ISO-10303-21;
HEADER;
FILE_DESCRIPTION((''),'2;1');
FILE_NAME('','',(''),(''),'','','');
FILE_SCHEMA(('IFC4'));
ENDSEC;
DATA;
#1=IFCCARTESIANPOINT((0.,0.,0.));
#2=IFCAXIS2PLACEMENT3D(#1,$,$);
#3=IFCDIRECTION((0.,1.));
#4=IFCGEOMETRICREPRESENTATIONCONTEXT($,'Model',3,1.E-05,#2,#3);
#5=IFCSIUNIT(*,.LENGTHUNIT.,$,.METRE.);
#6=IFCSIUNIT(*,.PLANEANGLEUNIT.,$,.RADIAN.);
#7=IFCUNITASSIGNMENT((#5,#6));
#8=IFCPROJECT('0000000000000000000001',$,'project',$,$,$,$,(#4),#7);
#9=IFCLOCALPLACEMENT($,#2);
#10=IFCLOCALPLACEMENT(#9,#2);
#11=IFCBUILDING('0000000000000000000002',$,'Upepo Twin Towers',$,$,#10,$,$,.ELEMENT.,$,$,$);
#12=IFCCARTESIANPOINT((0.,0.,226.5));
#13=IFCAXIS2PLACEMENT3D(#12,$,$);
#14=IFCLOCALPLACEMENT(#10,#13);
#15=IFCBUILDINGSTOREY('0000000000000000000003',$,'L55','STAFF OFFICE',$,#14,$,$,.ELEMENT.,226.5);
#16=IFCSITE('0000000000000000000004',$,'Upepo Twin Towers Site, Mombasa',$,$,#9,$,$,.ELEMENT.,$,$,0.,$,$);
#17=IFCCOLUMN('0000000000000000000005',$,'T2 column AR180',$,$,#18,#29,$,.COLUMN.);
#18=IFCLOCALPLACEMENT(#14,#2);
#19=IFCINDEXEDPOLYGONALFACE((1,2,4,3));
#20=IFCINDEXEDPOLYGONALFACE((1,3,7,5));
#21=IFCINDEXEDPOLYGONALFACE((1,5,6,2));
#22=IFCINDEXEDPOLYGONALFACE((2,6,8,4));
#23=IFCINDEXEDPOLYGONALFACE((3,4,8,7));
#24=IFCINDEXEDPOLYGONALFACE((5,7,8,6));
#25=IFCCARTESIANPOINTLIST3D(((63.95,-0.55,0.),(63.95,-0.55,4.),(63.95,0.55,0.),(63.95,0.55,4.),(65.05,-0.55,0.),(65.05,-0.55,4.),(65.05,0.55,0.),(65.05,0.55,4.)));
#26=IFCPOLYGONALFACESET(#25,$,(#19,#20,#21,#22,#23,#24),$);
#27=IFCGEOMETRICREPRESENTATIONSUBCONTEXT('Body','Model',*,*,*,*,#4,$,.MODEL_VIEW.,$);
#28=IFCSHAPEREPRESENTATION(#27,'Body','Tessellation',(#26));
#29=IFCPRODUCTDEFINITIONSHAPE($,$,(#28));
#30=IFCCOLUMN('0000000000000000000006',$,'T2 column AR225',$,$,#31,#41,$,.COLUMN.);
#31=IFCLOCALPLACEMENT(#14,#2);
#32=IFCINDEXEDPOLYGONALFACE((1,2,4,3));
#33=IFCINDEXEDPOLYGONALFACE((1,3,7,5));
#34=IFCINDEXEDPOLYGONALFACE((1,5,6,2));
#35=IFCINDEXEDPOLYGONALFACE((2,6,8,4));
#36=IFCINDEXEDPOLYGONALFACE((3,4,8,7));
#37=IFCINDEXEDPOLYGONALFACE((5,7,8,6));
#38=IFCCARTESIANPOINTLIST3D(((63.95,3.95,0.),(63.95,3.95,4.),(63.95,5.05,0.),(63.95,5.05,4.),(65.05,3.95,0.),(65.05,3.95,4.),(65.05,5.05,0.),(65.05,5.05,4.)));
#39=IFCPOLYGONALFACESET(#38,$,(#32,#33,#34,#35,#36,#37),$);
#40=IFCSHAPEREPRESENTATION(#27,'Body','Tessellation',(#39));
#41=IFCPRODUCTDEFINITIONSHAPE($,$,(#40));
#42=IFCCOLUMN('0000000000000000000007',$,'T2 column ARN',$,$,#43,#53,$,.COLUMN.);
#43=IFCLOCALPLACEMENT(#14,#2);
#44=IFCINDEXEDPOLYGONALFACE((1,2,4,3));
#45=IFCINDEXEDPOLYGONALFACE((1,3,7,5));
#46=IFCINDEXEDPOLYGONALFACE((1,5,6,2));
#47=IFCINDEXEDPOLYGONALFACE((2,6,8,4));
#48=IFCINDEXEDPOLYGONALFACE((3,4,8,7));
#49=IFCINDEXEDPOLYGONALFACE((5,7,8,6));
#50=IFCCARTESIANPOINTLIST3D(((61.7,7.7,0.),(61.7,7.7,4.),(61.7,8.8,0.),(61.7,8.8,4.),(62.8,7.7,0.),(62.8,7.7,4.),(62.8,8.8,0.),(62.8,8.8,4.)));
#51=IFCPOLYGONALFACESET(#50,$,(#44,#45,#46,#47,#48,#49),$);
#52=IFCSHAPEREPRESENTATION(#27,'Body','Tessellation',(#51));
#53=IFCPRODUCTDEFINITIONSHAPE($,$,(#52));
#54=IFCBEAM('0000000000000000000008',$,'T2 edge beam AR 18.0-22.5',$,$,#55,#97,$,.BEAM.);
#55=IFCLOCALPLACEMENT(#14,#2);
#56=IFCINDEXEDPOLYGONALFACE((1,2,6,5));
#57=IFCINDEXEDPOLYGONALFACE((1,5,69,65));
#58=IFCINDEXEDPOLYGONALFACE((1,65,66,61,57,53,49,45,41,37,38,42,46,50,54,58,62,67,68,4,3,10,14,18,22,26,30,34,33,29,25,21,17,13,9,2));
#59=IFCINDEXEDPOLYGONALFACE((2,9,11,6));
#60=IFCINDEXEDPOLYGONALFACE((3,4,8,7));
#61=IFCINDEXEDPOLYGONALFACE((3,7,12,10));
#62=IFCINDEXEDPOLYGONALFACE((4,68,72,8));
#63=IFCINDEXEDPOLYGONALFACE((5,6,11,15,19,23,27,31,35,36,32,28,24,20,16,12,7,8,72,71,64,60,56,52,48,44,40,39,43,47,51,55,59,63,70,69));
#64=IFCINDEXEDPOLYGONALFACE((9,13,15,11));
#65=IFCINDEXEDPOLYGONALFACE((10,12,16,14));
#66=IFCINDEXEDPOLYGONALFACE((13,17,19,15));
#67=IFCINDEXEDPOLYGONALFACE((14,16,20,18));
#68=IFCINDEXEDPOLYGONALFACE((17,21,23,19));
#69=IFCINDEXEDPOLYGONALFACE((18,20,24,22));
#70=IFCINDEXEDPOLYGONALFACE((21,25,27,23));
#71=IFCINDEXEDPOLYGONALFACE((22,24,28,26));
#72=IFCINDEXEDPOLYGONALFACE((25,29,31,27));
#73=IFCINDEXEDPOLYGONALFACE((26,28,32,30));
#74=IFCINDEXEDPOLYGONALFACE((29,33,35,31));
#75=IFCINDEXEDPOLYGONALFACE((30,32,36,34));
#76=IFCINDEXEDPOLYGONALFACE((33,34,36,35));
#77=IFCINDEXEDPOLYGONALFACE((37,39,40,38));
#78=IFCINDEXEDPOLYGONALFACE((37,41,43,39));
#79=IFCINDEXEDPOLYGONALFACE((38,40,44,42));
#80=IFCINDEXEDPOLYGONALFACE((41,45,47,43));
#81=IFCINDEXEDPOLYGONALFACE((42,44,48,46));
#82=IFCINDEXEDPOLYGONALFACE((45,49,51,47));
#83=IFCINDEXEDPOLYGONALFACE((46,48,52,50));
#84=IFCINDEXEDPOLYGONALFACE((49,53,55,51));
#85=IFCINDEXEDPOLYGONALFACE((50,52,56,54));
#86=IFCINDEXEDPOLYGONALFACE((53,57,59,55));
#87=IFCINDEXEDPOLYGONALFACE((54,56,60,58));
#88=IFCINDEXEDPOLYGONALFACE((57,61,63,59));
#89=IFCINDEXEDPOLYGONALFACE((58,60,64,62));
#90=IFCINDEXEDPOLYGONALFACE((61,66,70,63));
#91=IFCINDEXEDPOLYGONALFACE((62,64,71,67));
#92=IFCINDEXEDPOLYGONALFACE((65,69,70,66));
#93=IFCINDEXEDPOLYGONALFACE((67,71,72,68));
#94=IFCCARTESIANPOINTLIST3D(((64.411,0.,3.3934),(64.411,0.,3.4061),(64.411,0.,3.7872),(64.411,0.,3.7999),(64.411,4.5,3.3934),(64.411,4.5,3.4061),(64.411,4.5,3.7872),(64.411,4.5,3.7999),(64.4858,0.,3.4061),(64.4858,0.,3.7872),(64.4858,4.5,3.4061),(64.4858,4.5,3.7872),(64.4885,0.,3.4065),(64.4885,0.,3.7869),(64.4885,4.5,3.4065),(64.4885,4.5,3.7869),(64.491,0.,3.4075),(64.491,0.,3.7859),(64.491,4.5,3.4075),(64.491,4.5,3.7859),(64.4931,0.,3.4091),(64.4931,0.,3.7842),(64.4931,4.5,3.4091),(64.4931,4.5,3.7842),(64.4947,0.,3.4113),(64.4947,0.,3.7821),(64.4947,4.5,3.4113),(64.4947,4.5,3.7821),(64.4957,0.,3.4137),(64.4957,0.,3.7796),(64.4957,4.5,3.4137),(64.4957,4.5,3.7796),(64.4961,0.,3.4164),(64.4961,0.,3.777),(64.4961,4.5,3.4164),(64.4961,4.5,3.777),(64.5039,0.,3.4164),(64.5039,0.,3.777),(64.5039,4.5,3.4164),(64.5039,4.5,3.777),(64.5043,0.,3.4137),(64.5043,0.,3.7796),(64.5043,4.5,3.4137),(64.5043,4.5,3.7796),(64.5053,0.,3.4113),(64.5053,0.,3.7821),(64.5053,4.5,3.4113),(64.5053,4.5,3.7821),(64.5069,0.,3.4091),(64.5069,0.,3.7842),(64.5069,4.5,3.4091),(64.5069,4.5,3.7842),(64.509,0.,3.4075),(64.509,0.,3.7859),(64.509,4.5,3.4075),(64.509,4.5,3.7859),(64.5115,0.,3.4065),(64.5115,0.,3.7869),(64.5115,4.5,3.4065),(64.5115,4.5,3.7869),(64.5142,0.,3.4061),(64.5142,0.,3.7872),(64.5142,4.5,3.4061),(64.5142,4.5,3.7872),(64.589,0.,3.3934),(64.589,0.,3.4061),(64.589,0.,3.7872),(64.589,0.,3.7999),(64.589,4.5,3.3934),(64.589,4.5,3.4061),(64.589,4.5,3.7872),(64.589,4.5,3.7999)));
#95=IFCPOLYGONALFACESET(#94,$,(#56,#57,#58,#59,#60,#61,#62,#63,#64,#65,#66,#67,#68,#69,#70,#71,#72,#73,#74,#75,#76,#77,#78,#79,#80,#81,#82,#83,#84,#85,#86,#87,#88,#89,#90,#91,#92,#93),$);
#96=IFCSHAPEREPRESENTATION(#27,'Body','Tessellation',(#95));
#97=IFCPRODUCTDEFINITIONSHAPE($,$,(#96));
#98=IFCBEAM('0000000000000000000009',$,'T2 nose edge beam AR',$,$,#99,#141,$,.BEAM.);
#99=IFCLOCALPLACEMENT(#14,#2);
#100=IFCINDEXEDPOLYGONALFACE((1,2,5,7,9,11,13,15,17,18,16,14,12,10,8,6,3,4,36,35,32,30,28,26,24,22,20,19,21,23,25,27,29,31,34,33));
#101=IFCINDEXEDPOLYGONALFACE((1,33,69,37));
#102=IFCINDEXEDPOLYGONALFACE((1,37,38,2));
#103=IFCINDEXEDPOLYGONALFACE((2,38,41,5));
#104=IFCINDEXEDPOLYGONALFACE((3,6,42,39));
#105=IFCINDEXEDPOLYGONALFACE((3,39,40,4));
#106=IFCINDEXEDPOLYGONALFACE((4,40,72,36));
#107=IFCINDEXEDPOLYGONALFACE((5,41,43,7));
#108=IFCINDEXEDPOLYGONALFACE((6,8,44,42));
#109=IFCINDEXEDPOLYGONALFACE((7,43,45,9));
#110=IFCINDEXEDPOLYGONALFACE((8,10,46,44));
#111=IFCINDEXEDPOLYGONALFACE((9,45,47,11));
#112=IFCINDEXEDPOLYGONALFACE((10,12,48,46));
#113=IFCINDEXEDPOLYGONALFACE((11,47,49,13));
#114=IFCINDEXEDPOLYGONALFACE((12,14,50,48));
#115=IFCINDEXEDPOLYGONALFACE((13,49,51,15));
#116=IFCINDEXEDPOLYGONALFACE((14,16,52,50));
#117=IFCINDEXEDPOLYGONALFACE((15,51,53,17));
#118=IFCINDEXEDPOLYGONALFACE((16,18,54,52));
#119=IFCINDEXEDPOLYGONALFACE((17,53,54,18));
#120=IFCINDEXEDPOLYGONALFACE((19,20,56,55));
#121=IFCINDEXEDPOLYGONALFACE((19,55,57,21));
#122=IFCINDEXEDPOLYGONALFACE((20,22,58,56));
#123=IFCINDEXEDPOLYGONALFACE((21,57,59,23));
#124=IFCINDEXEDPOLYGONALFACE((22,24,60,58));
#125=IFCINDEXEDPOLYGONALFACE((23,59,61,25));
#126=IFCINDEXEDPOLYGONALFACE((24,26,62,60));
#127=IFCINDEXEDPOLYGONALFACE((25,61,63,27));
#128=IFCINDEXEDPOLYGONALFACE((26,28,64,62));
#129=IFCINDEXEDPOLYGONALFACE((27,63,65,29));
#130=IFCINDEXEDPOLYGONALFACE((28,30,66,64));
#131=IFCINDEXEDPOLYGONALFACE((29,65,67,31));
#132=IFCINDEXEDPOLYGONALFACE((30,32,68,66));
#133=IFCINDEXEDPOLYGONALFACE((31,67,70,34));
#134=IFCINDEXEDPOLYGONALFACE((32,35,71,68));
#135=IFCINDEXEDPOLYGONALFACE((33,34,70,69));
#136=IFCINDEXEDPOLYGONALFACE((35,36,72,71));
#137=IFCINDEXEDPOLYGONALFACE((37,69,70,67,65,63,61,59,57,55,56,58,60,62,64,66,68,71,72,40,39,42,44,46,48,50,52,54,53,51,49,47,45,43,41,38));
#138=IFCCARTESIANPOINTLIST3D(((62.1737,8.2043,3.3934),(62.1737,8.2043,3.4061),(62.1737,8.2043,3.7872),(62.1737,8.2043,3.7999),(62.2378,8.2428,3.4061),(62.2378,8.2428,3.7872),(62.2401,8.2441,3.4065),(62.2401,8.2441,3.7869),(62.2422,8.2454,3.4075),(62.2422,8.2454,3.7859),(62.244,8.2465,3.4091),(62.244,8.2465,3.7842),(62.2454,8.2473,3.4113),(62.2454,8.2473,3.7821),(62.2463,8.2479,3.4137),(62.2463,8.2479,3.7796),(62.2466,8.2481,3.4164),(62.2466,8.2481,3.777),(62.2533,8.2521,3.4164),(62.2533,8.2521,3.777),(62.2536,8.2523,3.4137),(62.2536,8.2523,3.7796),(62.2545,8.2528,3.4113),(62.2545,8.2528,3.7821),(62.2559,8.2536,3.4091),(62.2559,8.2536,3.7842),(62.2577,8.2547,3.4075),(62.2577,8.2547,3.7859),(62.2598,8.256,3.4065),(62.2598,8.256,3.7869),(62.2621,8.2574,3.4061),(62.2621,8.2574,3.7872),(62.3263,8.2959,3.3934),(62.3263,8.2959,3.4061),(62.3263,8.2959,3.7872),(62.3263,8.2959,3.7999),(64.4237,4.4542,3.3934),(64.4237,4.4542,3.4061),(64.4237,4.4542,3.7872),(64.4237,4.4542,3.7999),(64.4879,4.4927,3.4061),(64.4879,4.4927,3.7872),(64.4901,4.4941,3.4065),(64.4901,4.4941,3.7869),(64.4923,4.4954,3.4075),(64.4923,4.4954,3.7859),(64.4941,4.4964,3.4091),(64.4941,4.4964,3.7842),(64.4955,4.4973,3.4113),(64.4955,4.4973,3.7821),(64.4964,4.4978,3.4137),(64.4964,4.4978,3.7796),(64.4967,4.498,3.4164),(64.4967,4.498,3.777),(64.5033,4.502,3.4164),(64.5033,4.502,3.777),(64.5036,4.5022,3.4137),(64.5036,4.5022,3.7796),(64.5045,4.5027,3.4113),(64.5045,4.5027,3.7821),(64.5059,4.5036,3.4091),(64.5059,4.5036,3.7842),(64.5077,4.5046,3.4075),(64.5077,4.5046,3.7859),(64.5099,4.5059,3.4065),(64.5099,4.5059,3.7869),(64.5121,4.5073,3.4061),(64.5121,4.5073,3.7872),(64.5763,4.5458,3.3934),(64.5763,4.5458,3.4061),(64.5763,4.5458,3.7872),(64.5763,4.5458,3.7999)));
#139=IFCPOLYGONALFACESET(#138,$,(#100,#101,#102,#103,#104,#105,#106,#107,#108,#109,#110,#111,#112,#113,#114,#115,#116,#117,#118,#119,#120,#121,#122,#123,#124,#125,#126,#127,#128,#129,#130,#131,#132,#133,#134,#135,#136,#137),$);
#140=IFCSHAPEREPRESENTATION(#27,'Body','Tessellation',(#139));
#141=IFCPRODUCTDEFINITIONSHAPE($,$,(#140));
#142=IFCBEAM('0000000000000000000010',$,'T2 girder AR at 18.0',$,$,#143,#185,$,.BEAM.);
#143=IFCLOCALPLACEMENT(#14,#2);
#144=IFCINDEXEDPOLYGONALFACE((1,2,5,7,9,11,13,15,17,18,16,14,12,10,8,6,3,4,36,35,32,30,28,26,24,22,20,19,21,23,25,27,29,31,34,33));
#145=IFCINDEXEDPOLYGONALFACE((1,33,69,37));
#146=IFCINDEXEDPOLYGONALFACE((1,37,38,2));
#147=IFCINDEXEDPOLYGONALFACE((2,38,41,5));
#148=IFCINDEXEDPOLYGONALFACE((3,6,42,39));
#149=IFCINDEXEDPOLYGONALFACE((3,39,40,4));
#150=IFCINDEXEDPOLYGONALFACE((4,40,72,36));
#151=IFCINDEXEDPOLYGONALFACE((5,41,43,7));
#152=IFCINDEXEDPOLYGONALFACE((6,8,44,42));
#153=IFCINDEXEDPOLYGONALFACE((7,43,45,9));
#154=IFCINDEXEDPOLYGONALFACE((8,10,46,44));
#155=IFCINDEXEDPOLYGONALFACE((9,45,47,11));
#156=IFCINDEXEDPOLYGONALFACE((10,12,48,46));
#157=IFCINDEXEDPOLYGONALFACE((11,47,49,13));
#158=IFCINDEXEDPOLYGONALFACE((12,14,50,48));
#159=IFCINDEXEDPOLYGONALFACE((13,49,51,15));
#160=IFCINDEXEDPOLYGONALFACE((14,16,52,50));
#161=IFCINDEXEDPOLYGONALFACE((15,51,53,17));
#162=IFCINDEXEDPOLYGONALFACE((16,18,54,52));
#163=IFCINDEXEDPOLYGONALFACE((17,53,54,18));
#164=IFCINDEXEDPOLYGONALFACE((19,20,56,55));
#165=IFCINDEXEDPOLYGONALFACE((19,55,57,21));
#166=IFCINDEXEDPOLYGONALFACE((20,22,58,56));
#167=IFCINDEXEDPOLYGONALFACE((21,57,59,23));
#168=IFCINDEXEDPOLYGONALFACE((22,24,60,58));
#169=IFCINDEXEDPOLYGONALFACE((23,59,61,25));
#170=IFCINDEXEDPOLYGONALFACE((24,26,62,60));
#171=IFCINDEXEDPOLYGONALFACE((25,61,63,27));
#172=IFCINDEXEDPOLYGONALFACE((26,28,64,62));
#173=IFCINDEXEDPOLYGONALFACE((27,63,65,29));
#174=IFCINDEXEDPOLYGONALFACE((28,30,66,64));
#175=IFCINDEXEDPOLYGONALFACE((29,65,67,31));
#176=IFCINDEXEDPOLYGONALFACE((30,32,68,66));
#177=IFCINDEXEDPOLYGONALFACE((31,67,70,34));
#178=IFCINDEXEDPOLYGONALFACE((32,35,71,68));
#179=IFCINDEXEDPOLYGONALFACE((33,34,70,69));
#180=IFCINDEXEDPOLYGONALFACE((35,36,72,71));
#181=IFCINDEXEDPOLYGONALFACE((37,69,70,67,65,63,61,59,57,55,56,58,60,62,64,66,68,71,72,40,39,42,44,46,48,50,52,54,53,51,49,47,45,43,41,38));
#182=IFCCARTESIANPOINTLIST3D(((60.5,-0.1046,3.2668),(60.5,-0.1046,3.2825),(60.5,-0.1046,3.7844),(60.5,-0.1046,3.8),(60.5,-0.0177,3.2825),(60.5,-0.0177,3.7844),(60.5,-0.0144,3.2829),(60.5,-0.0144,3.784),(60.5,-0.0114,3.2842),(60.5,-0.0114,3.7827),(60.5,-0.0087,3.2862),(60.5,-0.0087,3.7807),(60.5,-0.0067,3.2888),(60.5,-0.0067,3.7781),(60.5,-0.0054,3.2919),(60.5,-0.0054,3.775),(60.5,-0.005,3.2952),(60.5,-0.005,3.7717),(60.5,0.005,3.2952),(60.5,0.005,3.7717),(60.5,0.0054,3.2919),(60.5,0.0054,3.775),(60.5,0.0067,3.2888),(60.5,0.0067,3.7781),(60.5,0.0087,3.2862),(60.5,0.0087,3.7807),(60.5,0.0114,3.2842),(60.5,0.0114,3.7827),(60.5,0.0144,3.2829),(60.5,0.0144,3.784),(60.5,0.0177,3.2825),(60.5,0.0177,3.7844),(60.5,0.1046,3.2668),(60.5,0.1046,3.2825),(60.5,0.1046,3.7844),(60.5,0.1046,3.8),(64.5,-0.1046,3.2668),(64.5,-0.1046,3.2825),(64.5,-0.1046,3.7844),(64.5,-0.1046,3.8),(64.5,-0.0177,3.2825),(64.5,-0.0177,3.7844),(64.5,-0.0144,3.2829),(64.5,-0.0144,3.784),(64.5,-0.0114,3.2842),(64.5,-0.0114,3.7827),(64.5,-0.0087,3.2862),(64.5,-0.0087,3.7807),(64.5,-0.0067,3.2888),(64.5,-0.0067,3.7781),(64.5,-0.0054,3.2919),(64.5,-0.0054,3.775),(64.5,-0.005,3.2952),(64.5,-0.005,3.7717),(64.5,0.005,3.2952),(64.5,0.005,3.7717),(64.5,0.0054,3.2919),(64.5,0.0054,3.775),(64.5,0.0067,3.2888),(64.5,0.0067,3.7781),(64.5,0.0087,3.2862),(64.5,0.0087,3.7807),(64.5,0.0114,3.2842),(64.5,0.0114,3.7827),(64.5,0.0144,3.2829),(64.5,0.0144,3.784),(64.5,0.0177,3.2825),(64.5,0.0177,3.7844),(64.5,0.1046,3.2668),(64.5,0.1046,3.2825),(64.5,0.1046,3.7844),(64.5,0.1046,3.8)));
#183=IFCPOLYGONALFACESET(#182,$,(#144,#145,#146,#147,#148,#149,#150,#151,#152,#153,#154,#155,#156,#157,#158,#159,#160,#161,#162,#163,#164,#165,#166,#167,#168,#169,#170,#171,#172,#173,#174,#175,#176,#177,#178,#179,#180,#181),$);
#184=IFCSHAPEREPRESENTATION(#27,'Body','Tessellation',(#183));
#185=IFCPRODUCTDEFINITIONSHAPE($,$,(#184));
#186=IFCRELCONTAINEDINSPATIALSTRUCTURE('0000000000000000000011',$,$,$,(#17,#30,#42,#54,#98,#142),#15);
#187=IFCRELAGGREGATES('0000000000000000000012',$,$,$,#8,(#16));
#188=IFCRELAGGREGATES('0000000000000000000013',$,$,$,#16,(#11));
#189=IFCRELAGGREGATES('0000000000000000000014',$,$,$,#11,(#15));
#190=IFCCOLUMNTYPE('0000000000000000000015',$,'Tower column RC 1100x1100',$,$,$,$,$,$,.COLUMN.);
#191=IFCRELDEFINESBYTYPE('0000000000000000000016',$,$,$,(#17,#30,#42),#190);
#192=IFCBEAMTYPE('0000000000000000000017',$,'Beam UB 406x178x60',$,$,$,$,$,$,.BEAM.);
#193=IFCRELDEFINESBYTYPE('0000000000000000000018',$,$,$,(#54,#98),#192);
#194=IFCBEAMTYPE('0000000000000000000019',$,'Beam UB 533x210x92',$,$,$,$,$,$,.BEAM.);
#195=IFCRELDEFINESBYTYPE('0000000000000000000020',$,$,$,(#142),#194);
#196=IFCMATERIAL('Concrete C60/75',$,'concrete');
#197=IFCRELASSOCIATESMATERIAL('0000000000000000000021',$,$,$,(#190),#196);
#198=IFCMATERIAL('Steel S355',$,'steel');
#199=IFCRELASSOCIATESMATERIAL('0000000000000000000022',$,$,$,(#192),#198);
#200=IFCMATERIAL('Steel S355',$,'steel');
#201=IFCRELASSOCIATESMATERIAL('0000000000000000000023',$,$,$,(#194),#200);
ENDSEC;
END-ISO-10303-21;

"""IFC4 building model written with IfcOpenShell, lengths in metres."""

from ifc_helpers import new_model, si_unit, direction, frame, origin, origin_2d, place, context, subcontext, project, spatial, rectangle, i_section, extrude, material, material_profile, profile_set, type_object, element, save


model = new_model("IFC4")

# Units and contexts
model_context = context("Model", 3, precision=1e-05, world=origin(), true_north=direction((0.0, 1.0)))
body_context = subcontext(model_context, "Body", "Model", "MODEL_VIEW")
ifc_project = project(units=[si_unit("LENGTHUNIT", "METRE"), si_unit("PLANEANGLEUNIT", "RADIAN")], contexts=[model_context])

# Site, building, storey
site_placement = place(None, origin())
site = spatial("IfcSite", under=ifc_project, at=site_placement, Name="Upepo Twin Towers Site, Mombasa", CompositionType="ELEMENT", RefElevation=0.0)
building_placement = place(site_placement, origin())
building = spatial("IfcBuilding", under=site, at=building_placement, Name="Upepo Twin Towers", CompositionType="ELEMENT")
storey_placement = place(building_placement, frame((0.0, 0.0, 226.5)))
storey = spatial("IfcBuildingStorey", under=building, at=storey_placement, Name="L55", Description="STAFF OFFICE", CompositionType="ELEMENT", Elevation=226.5)

# Columns
ifc_material_1 = material(Name="Concrete C60/75", Category="concrete")
ifc_material_profile_1 = material_profile(ifc_material_1, rectangle(XDim=1.1001, YDim=1.1001, at=origin_2d()), Name="RC 1100x1100")
ifc_profile_set_1 = profile_set([ifc_material_profile_1], Name="Concrete C60/75")
column_type = type_object("IfcColumnType", Name="Tower column RC 1100x1100", PredefinedType="COLUMN", material=ifc_profile_set_1)
for number, where, z_axis, x_axis, name in (
    (1, (64.5, 0.0, 0.0), (0.0, 0.0, 1.0), (1.0, 0.0, 0.0), "T2 column AR180"),
    (2, (64.5, 4.5, 0.0), (0.0, 0.0, 1.0), (1.0, 0.0, 0.0), "T2 column AR225"),
    (3, (62.25, 8.25, 0.0), (0.0, 0.0, 1.0), (1.0, 0.0, 0.0), "T2 column ARN"),
):
    element("IfcColumn", number, at=place(storey_placement, frame(where, z_axis=z_axis, x_axis=x_axis)), inside=storey, type_object=column_type, Name=name, PredefinedType="COLUMN", context=body_context, shape_type="SweptSolid", body=[
        extrude(rectangle(XDim=1.1001, YDim=1.1001, at=origin_2d()), origin(), (0.0, 0.0, 1.0), 4.0),
    ])

# Beams
ifc_material_2 = material(Name="Steel S355", Category="steel")
ifc_material_profile_2 = material_profile(ifc_material_2, i_section(OverallWidth=0.178, OverallDepth=0.4065, WebThickness=0.0078, FlangeThickness=0.0127, FilletRadius=0.0103, at=origin_2d()), Name="UB 406x178x60")
ifc_profile_set_2 = profile_set([ifc_material_profile_2], Name="Steel S355")
beam_type_1 = type_object("IfcBeamType", Name="Beam UB 406x178x60", PredefinedType="BEAM", material=ifc_profile_set_2)
beam_1_placement = place(storey_placement, frame((64.5, 0.0, 3.5967), z_axis=(0.0, 1.0, 0.0), x_axis=(-1.0, 0.0, 0.0)))
element("IfcBeam", 4, at=beam_1_placement, inside=storey, type_object=beam_type_1, Name="T2 edge beam AR 18.0-22.5", PredefinedType="BEAM", context=body_context, shape_type="SweptSolid", body=[
    extrude(i_section(OverallWidth=0.178, OverallDepth=0.4065, WebThickness=0.0078, FlangeThickness=0.0127, FilletRadius=0.0103, at=origin_2d()), origin(), (0.0, 0.0, 1.0), 4.5),
])
beam_2_placement = place(storey_placement, frame((64.5, 4.5, 3.5967), z_axis=(-0.514496, 0.857493, 0.0), x_axis=(-0.857493, -0.514496, 0.0)))
element("IfcBeam", 5, at=beam_2_placement, inside=storey, type_object=beam_type_1, Name="T2 nose edge beam AR", PredefinedType="BEAM", context=body_context, shape_type="SweptSolid", body=[
    extrude(i_section(OverallWidth=0.178, OverallDepth=0.4065, WebThickness=0.0078, FlangeThickness=0.0127, FilletRadius=0.0103, at=origin_2d()), origin(), (0.0, 0.0, 1.0), 4.3733),
])
ifc_material_3 = material(Name="Steel S355", Category="steel")
ifc_material_profile_3 = material_profile(ifc_material_3, i_section(OverallWidth=0.2092, OverallDepth=0.5332, WebThickness=0.01, FlangeThickness=0.0156, FilletRadius=0.0127, at=origin_2d()), Name="UB 533x210x92")
ifc_profile_set_3 = profile_set([ifc_material_profile_3], Name="Steel S355")
beam_type_2 = type_object("IfcBeamType", Name="Beam UB 533x210x92", PredefinedType="BEAM", material=ifc_profile_set_3)
for number, where, z_axis, x_axis, name in (
    (6, (64.5, 0.0, 3.5334), (-1.0, 0.0, 0.0), (0.0, -1.0, 0.0), "T2 girder AR at 18.0"),
):
    element("IfcBeam", number, at=place(storey_placement, frame(where, z_axis=z_axis, x_axis=x_axis)), inside=storey, type_object=beam_type_2, Name=name, PredefinedType="BEAM", context=body_context, shape_type="SweptSolid", body=[
        extrude(i_section(OverallWidth=0.2092, OverallDepth=0.5332, WebThickness=0.01, FlangeThickness=0.0156, FilletRadius=0.0127, at=origin_2d()), origin(), (0.0, 0.0, 1.0), 4.0),
    ])

save(model, "model.ifc")
